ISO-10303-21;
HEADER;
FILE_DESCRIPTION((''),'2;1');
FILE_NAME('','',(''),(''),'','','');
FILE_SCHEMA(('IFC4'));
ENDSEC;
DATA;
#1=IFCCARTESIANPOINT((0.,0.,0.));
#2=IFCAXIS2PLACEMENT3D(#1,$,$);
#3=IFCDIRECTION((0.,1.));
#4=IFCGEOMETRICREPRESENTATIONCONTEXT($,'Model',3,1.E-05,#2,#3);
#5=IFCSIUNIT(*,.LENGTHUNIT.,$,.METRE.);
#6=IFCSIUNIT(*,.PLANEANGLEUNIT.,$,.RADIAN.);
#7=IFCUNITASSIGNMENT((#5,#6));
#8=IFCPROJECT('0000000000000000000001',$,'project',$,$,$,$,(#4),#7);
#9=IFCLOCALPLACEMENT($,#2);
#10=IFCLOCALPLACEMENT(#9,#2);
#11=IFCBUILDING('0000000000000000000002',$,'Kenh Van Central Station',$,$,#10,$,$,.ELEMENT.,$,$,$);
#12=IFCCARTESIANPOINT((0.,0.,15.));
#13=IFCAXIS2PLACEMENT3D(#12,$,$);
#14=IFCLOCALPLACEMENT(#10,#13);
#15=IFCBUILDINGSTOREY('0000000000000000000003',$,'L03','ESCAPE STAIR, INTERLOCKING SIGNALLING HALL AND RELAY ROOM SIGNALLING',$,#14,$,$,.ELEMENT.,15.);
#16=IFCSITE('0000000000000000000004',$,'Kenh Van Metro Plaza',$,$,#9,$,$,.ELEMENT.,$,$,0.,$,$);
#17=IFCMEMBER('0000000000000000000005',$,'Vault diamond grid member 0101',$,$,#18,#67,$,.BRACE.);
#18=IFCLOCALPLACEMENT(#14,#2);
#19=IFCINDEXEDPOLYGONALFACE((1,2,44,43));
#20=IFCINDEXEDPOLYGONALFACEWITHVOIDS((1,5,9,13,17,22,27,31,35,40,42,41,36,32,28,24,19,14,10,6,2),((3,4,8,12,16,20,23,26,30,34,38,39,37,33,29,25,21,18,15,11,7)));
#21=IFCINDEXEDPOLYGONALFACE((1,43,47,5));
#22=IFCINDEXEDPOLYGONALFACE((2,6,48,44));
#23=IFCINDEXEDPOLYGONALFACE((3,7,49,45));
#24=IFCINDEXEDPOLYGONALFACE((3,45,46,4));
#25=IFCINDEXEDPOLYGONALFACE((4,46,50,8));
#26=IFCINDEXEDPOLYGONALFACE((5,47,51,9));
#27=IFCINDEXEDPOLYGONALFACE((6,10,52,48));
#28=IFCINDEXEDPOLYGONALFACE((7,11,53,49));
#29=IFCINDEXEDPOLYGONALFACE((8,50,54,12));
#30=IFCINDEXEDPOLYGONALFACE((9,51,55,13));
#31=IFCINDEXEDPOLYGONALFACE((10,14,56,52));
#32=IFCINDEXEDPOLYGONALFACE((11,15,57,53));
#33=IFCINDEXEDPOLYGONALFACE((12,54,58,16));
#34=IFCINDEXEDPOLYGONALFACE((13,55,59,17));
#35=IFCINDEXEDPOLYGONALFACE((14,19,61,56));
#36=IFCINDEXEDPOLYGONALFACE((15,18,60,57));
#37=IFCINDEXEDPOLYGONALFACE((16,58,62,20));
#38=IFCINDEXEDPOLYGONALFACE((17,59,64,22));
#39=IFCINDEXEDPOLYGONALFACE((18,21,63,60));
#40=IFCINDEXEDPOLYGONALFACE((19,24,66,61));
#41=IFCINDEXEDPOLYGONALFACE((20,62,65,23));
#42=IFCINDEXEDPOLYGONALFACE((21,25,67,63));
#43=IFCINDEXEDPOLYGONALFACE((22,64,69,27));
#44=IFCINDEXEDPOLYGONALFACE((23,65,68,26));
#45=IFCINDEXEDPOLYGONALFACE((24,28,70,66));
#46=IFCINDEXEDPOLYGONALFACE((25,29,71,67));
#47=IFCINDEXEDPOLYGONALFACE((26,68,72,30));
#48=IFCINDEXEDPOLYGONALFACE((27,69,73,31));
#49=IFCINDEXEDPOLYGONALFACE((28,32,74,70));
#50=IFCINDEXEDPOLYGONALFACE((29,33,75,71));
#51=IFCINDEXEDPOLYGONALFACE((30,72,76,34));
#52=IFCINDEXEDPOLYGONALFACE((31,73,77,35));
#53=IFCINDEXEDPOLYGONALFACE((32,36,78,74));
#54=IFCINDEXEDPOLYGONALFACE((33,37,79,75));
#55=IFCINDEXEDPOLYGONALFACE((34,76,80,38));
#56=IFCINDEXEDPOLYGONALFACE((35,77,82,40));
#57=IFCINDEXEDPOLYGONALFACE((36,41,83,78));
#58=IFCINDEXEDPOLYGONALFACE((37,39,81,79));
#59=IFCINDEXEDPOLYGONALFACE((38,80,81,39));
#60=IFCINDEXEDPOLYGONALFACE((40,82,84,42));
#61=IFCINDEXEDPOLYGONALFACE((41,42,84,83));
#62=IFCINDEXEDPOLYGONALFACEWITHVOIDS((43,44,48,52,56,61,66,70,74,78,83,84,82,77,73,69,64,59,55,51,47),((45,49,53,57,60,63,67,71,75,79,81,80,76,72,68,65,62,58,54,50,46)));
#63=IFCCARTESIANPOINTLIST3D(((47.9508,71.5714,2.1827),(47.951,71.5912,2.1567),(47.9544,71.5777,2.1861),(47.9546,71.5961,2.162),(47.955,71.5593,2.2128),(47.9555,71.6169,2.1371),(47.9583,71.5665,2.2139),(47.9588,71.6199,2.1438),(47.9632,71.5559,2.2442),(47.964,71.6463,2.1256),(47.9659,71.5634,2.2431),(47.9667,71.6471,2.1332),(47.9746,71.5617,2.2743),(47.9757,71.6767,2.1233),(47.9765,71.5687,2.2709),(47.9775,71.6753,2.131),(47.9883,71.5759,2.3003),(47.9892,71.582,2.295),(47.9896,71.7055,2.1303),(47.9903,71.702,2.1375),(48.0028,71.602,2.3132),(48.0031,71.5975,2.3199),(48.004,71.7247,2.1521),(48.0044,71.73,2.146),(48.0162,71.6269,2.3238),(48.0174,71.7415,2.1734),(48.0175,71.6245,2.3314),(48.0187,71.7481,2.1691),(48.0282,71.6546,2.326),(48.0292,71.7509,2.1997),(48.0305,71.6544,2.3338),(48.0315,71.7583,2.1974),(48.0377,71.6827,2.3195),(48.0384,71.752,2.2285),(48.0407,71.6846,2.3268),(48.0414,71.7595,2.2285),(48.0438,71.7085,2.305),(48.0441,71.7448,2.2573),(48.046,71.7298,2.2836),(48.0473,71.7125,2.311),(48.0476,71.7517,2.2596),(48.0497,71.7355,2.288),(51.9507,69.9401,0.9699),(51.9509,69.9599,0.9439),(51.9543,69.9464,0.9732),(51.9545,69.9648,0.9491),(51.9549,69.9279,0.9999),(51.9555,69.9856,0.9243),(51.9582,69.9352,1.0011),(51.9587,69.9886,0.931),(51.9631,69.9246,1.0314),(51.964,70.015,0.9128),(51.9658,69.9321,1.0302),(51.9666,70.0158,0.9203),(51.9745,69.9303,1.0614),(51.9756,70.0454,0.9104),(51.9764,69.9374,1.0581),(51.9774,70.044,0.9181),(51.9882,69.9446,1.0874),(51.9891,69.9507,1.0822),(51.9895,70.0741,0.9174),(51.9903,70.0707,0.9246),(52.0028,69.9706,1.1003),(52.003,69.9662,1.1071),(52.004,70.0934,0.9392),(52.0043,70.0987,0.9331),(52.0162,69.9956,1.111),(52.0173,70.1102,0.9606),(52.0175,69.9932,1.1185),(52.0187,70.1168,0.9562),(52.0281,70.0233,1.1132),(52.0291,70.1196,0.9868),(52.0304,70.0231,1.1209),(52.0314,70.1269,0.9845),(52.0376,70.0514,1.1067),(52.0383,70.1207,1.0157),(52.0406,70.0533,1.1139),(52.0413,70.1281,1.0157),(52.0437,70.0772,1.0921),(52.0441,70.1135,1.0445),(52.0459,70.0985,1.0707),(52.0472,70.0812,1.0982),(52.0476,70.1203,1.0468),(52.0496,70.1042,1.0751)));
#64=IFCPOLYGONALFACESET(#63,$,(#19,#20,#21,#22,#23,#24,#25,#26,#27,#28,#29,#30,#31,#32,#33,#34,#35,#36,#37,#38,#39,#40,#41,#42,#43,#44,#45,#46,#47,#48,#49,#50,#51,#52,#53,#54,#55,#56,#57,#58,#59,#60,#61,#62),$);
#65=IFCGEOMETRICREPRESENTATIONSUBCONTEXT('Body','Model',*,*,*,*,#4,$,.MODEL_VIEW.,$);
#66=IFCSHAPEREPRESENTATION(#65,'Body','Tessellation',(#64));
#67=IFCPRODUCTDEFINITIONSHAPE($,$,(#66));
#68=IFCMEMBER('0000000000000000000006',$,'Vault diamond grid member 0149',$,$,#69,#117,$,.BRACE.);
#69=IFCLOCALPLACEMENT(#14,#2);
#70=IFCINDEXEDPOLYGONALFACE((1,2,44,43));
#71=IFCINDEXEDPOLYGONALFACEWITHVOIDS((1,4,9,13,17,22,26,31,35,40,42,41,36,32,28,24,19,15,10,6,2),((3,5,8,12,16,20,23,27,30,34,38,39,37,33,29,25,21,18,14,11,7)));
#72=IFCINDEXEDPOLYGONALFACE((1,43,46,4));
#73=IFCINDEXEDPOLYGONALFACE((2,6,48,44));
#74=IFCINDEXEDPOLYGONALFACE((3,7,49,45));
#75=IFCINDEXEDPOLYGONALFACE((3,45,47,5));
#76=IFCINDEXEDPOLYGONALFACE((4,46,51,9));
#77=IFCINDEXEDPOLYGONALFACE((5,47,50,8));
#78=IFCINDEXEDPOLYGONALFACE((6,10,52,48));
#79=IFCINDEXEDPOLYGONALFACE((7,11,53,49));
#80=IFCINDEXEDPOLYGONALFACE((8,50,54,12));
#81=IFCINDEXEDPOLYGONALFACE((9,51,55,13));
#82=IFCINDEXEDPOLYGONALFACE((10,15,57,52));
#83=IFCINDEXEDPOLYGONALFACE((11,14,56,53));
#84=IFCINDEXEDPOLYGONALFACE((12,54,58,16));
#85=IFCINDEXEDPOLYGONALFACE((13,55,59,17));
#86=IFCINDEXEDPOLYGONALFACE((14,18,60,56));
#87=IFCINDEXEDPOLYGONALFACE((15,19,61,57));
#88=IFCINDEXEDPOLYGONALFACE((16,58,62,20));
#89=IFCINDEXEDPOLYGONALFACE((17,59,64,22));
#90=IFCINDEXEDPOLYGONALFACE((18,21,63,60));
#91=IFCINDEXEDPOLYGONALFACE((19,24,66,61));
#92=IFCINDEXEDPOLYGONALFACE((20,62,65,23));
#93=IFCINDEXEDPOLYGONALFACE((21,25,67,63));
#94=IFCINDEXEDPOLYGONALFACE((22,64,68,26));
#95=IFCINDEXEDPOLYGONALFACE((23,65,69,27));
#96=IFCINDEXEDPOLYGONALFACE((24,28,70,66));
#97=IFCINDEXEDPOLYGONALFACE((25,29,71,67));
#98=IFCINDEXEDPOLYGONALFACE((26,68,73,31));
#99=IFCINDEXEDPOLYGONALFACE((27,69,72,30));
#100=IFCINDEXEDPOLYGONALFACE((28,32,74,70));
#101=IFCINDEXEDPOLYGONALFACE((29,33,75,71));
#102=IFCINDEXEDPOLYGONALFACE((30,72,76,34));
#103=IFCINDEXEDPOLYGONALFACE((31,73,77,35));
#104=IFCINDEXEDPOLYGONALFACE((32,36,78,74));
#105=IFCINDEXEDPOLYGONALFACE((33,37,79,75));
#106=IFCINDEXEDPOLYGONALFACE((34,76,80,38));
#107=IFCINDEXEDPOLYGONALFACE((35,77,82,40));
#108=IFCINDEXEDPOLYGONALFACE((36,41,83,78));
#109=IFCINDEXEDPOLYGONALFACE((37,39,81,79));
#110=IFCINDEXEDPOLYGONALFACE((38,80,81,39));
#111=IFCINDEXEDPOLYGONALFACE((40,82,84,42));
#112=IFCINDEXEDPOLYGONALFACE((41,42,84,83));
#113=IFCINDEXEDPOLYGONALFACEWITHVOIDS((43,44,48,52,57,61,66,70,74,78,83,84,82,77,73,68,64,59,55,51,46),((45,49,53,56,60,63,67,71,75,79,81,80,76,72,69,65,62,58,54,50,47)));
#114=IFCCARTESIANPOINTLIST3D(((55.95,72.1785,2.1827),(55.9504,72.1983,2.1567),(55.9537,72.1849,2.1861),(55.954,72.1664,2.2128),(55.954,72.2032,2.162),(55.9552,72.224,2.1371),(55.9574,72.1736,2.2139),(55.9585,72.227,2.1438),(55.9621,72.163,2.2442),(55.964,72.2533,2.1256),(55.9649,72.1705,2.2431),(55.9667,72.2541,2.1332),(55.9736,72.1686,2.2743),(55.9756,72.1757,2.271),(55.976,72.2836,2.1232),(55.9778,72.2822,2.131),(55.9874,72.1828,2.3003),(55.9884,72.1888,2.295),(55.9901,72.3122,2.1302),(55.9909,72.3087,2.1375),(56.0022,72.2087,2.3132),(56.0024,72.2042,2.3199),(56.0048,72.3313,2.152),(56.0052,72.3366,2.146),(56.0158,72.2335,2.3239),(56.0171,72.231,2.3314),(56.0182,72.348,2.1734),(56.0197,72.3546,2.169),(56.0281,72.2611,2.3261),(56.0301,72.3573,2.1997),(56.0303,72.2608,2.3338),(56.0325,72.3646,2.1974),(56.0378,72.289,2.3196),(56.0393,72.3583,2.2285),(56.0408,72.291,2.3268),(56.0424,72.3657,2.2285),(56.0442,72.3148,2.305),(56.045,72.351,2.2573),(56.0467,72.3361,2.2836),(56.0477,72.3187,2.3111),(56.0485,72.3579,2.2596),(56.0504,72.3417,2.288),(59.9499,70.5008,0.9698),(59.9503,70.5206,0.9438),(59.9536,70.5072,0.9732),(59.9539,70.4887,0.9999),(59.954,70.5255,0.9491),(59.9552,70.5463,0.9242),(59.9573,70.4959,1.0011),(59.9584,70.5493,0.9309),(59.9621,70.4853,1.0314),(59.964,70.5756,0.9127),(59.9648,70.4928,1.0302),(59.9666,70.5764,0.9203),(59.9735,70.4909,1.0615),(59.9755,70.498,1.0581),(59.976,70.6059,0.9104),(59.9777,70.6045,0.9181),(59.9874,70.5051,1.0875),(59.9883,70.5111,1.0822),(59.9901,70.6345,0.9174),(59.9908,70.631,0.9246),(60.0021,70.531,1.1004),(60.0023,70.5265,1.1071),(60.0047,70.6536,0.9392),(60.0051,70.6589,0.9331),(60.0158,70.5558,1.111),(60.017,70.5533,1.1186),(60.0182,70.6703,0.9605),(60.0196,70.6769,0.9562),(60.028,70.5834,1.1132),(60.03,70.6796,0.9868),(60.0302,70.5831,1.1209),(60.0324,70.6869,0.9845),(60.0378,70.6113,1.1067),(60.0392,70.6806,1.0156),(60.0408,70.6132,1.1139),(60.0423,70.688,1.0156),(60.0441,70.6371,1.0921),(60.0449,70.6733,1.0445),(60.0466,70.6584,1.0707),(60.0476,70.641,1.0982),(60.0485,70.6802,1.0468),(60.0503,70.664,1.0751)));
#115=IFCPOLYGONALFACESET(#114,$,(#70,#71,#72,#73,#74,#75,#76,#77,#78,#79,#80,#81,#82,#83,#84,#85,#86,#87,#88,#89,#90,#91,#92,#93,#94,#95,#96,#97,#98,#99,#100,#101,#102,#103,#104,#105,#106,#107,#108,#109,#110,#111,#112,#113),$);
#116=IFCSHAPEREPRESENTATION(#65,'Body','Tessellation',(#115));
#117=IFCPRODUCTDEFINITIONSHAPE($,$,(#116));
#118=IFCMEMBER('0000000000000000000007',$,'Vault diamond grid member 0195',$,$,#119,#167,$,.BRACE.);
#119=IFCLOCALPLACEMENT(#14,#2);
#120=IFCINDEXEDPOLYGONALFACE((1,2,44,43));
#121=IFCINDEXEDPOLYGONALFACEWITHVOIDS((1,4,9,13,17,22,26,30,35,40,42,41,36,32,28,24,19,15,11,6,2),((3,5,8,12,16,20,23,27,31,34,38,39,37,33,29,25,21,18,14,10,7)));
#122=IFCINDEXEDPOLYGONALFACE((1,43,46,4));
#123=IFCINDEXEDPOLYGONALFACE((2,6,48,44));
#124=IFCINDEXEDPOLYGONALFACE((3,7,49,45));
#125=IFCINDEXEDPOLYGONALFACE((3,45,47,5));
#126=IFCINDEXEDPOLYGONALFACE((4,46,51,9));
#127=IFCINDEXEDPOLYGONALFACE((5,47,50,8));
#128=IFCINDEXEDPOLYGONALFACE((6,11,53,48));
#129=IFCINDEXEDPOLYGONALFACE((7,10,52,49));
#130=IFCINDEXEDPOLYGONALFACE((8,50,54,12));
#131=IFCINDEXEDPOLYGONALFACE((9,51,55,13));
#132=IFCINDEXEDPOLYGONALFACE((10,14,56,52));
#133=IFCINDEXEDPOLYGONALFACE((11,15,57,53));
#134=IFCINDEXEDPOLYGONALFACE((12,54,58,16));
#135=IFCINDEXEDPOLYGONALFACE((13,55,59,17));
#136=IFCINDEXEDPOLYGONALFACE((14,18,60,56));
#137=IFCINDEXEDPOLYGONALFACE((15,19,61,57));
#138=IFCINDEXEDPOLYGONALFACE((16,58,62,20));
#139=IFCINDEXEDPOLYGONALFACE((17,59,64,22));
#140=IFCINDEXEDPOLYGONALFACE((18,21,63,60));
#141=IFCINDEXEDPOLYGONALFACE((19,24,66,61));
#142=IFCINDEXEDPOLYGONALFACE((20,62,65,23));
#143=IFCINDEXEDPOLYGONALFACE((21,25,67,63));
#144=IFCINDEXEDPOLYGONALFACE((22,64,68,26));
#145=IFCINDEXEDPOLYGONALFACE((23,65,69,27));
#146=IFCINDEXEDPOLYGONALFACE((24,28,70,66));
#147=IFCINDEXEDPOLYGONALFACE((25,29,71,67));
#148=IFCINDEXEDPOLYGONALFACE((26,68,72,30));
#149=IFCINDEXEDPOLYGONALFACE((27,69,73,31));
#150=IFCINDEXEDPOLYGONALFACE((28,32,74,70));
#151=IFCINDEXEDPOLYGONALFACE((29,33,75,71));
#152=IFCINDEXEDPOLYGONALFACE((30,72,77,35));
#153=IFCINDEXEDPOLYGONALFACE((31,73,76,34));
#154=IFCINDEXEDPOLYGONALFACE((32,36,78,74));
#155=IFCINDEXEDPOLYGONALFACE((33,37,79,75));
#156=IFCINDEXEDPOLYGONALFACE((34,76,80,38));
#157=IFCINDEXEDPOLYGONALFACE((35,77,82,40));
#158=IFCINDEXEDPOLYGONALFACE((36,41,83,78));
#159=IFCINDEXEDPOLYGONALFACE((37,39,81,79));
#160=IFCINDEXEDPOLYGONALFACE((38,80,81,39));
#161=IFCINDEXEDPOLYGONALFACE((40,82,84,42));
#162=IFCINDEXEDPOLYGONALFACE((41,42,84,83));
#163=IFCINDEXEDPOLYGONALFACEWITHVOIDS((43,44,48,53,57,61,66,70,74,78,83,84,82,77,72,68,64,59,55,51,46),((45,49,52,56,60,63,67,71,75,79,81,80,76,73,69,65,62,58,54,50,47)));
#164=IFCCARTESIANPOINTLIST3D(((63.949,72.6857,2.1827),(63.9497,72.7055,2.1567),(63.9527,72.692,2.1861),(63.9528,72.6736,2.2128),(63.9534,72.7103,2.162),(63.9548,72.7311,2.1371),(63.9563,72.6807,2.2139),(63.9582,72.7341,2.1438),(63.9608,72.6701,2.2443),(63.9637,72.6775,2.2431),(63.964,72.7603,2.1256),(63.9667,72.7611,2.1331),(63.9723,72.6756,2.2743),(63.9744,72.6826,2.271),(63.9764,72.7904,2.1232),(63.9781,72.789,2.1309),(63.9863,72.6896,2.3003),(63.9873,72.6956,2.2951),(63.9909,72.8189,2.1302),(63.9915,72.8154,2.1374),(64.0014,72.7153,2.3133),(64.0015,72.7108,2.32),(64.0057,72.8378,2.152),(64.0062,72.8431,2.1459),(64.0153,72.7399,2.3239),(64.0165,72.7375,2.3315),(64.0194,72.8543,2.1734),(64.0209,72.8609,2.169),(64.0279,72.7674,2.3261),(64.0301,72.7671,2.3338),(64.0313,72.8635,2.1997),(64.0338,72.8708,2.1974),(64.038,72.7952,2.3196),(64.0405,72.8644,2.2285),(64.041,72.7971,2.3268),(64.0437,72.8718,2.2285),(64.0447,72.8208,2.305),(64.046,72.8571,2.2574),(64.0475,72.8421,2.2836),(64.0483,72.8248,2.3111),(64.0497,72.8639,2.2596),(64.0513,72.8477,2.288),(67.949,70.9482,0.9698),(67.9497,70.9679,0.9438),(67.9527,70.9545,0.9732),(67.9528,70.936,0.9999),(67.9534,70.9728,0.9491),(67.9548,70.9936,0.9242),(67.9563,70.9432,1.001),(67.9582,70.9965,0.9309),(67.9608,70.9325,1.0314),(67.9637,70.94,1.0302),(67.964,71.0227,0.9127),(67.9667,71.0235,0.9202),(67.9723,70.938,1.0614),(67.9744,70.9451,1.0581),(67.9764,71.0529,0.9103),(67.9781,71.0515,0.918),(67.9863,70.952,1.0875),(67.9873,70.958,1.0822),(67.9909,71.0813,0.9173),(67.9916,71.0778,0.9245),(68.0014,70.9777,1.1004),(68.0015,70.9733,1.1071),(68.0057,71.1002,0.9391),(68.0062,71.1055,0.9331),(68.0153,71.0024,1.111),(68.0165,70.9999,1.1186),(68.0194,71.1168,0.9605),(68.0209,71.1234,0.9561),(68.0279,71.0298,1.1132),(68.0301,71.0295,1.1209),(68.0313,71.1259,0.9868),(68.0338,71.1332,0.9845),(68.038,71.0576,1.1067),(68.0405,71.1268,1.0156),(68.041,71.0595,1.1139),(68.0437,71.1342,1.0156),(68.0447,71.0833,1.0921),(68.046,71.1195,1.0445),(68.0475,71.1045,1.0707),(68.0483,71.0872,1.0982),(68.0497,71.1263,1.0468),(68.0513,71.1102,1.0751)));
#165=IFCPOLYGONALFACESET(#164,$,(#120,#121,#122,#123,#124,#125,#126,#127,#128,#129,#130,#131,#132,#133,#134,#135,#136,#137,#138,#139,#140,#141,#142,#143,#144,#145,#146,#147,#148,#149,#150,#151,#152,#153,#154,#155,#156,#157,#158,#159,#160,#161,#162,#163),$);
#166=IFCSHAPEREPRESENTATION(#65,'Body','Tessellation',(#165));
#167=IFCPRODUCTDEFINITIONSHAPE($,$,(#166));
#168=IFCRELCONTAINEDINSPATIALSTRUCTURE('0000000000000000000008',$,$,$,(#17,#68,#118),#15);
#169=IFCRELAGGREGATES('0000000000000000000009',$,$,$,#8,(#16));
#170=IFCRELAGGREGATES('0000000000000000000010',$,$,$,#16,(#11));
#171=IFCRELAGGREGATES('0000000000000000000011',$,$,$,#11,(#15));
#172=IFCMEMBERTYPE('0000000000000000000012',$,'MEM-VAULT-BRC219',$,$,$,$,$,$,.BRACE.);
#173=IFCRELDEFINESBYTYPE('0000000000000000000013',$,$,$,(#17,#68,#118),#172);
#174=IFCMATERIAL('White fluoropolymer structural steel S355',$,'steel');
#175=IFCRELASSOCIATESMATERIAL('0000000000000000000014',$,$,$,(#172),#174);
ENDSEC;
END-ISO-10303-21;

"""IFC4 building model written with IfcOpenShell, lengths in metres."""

from ifc_helpers import new_model, si_unit, direction, frame, origin, origin_2d, place, context, subcontext, project, spatial, hollow_circle, extrude, material, material_profile, profile_set, type_object, element, save


model = new_model("IFC4")

# Units and contexts
model_context = context("Model", 3, precision=1e-05, world=origin(), true_north=direction((0.0, 1.0)))
body_context = subcontext(model_context, "Body", "Model", "MODEL_VIEW")
ifc_project = project(units=[si_unit("LENGTHUNIT", "METRE"), si_unit("PLANEANGLEUNIT", "RADIAN")], contexts=[model_context])

# Site, building, storey
site_placement = place(None, origin())
site = spatial("IfcSite", under=ifc_project, at=site_placement, Name="Kenh Van Metro Plaza", CompositionType="ELEMENT", RefElevation=0.0)
building_placement = place(site_placement, origin())
building = spatial("IfcBuilding", under=site, at=building_placement, Name="Kenh Van Central Station", CompositionType="ELEMENT")
storey_placement = place(building_placement, frame((0.0, 0.0, 15.0)))
storey = spatial("IfcBuildingStorey", under=building, at=storey_placement, Name="L03", Description="ESCAPE STAIR, INTERLOCKING SIGNALLING HALL AND RELAY ROOM SIGNALLING", CompositionType="ELEMENT", Elevation=15.0)

# Shared definitions
ifc_material_1 = material(Name="White fluoropolymer structural steel S355", Category="steel")

# Members
ifc_material_profile_1 = material_profile(ifc_material_1, hollow_circle(Radius=0.1096, WallThickness=0.0081, at=origin_2d()), Name="CHS 219.1x8")
ifc_profile_set_1 = profile_set([ifc_material_profile_1], Name="White fluoropolymer structural steel S355")
member_type_1 = type_object("IfcMemberType", Name="MEM-VAULT-BRC219", PredefinedType="BRACE", material=ifc_profile_set_1)
member_1_placement = place(storey_placement, frame((48.0, 71.658, 2.2285), z_axis=(0.891481, -0.363579, -0.270317), x_axis=(0.377638, 0.925953, 0.0)))
element("IfcMember", 1, at=member_1_placement, inside=storey, type_object=member_type_1, Name="Vault diamond grid member 0101", PredefinedType="BRACE", context=body_context, shape_type="SweptSolid", body=[
    extrude(hollow_circle(Radius=0.1096, WallThickness=0.0081, at=origin_2d()), origin(), (0.0, 0.0, 1.0), 4.4868),
])
member_2_placement = place(storey_placement, frame((56.0, 72.2646, 2.2285), z_axis=(0.888102, -0.3725, -0.269293), x_axis=(0.386788, 0.922168, 0.0)))
element("IfcMember", 2, at=member_2_placement, inside=storey, type_object=member_type_1, Name="Vault diamond grid member 0149", PredefinedType="BRACE", context=body_context, shape_type="SweptSolid", body=[
    extrude(hollow_circle(Radius=0.1096, WallThickness=0.0081, at=origin_2d()), origin(), (0.0, 0.0, 1.0), 4.5039),
])
member_3_placement = place(storey_placement, frame((64.0, 72.7712, 2.2285), z_axis=(0.883664, -0.383852, -0.267947), x_axis=(0.398421, 0.917203, 0.0)))
element("IfcMember", 3, at=member_3_placement, inside=storey, type_object=member_type_1, Name="Vault diamond grid member 0195", PredefinedType="BRACE", context=body_context, shape_type="SweptSolid", body=[
    extrude(hollow_circle(Radius=0.1096, WallThickness=0.0081, at=origin_2d()), origin(), (0.0, 0.0, 1.0), 4.5266),
])

save(model, "model.ifc")
